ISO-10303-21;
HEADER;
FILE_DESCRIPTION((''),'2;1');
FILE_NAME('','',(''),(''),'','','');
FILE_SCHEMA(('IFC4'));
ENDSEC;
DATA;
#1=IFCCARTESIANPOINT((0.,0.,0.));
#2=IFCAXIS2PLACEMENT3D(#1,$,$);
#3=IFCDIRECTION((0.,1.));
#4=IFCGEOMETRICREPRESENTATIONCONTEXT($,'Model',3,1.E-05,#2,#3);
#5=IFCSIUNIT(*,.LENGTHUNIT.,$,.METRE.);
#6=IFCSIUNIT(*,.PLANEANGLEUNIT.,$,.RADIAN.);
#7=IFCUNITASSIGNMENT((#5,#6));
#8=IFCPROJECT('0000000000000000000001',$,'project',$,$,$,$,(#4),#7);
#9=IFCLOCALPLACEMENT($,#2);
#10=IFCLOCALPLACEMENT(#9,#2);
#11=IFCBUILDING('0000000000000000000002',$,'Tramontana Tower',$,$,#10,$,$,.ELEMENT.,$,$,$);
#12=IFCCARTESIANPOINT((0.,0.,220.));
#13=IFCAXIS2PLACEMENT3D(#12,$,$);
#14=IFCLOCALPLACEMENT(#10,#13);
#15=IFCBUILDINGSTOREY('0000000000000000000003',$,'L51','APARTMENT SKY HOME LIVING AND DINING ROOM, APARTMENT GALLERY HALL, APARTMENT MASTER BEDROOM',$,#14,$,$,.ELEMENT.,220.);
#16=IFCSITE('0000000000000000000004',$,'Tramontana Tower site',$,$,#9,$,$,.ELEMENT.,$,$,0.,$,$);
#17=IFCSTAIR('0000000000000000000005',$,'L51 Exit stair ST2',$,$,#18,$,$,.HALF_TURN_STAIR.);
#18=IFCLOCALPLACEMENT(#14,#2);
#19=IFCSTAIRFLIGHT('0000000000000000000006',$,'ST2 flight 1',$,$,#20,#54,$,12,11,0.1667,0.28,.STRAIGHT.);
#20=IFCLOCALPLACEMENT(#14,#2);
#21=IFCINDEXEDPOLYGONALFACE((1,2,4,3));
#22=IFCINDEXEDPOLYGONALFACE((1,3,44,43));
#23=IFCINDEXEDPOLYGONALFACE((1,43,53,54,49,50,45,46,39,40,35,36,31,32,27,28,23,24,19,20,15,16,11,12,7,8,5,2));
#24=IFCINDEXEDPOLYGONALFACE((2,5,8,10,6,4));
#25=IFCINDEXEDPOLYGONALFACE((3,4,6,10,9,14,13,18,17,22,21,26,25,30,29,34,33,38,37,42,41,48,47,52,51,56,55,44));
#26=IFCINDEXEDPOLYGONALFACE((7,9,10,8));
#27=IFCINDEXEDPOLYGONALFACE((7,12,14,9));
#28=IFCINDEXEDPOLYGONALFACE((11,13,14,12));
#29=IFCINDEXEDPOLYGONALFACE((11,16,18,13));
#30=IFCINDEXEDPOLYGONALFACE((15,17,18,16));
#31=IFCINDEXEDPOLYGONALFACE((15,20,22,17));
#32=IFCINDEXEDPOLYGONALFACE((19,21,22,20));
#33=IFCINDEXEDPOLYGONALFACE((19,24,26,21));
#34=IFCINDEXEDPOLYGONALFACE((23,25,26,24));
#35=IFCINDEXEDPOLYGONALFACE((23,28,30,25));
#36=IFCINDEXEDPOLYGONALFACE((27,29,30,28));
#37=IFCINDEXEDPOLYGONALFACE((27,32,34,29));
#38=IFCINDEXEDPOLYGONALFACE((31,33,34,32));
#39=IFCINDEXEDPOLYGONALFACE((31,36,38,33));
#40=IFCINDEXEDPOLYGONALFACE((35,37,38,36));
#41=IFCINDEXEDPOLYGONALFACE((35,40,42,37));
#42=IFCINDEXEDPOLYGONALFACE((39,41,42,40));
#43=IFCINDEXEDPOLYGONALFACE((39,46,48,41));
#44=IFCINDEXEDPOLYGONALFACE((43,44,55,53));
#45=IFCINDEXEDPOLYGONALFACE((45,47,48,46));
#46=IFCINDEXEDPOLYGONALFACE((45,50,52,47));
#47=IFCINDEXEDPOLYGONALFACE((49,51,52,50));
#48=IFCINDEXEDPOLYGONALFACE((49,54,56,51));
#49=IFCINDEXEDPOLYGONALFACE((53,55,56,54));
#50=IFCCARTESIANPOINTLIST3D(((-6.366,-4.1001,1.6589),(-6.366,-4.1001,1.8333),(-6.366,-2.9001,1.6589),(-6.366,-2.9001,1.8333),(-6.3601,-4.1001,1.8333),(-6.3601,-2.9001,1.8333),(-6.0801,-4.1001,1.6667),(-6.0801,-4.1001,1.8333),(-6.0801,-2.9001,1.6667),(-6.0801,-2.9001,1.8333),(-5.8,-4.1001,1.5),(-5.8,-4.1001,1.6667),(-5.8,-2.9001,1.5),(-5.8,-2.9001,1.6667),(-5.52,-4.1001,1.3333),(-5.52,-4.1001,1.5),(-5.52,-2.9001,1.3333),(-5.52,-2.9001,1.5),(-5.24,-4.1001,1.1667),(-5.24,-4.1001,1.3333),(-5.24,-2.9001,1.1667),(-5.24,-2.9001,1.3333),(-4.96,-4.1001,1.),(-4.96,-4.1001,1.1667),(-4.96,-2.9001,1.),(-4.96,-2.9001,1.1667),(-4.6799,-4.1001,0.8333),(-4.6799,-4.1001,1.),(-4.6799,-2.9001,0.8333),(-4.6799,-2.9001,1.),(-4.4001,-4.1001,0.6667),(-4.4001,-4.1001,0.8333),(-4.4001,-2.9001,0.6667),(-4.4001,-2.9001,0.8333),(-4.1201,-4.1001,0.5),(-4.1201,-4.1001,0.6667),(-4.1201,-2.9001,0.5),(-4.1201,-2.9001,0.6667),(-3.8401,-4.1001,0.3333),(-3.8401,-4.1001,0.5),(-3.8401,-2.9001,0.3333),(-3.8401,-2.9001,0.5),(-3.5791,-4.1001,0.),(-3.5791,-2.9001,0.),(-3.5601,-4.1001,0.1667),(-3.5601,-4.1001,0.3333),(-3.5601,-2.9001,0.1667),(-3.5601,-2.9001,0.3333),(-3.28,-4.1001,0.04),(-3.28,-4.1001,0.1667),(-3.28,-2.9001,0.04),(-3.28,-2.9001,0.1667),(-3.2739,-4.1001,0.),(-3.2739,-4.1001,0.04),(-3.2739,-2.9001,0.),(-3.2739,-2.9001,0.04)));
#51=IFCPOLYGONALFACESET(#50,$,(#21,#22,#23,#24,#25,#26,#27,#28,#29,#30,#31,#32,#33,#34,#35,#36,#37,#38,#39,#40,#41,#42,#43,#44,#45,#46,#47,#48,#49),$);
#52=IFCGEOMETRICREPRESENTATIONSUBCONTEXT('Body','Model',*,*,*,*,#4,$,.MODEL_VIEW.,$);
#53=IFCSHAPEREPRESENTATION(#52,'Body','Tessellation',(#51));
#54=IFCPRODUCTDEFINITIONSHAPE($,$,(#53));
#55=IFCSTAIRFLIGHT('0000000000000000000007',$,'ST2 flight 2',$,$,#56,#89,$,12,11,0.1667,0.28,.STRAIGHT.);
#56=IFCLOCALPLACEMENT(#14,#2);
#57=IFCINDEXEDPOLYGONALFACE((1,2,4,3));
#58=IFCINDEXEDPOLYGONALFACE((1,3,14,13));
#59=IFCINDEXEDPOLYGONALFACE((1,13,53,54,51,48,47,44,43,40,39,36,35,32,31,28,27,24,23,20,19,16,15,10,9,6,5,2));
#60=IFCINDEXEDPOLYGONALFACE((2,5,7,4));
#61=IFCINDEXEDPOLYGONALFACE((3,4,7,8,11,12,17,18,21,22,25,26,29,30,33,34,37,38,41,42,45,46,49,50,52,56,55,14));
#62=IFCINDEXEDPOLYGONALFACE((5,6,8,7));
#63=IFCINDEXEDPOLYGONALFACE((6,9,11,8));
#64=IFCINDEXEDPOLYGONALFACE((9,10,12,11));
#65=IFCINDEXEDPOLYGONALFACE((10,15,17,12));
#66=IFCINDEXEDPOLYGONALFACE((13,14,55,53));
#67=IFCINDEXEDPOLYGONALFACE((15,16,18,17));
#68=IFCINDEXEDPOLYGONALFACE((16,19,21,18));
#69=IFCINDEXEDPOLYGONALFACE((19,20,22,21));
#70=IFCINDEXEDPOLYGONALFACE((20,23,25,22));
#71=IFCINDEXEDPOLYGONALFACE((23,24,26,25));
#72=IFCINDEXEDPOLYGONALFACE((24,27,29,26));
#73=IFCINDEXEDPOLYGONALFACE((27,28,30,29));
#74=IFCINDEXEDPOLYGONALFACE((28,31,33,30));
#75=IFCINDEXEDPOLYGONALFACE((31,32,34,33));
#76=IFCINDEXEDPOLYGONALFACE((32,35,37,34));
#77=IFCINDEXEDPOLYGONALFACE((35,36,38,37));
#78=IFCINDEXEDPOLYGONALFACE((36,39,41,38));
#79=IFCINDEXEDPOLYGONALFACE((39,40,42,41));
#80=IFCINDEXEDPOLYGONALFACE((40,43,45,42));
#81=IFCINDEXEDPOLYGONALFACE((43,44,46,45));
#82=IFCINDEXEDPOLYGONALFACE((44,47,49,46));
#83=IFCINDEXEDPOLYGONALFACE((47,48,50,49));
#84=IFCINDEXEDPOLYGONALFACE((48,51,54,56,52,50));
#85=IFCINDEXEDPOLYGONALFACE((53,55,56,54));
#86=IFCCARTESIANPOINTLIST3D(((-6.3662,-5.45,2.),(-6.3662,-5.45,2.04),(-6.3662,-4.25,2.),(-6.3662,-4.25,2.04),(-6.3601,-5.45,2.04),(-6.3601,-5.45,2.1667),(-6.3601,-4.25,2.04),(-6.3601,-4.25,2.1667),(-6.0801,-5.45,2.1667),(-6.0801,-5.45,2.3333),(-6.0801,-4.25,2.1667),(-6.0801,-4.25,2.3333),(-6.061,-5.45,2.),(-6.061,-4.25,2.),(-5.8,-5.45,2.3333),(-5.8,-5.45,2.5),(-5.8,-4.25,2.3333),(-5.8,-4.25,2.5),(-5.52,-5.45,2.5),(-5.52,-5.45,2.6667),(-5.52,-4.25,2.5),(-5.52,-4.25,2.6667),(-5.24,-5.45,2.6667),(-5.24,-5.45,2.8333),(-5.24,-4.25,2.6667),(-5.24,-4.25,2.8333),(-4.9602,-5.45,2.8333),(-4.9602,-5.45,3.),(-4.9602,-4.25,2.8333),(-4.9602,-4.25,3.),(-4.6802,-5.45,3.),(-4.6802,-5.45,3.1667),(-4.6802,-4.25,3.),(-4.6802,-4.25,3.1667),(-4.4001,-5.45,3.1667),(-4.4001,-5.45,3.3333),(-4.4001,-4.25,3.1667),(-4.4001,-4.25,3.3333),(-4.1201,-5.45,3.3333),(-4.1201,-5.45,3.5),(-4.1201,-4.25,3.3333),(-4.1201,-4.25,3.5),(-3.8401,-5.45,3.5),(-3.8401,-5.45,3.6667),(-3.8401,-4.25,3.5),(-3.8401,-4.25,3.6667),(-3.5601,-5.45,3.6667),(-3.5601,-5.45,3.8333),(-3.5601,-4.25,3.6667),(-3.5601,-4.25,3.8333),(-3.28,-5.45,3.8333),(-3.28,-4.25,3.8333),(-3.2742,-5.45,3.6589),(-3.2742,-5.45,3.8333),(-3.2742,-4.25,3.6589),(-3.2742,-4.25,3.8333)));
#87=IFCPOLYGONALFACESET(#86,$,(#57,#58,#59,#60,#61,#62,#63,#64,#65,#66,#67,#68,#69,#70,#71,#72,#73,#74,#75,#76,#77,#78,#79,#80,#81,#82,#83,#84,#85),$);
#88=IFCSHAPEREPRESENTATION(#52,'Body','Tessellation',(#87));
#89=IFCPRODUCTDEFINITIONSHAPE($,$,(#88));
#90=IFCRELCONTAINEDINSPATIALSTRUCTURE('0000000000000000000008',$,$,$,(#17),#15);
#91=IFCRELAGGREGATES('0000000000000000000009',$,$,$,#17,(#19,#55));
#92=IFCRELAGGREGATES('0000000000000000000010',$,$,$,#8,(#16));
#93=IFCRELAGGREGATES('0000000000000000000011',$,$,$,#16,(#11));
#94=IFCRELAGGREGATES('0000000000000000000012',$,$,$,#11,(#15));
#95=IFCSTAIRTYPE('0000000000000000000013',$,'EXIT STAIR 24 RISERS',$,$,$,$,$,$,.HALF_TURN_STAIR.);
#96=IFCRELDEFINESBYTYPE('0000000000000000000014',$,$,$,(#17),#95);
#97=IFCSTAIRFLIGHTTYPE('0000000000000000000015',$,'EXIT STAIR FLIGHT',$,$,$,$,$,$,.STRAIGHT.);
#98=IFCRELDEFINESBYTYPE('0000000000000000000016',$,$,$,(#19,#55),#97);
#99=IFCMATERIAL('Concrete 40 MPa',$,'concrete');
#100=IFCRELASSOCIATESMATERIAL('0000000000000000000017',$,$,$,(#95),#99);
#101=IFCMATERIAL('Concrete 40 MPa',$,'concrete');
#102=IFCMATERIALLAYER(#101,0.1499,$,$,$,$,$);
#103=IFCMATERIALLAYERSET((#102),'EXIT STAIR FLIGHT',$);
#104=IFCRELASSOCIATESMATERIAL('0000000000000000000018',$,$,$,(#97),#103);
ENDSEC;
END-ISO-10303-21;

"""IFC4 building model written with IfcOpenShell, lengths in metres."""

from ifc_helpers import new_model, si_unit, direction, frame, origin, place, context, subcontext, project, spatial, polyline, outline, extrude, material, layer, layer_set, type_object, element, aggregate, save


model = new_model("IFC4")

# Units and contexts
model_context = context("Model", 3, precision=1e-05, world=origin(), true_north=direction((0.0, 1.0)))
body_context = subcontext(model_context, "Body", "Model", "MODEL_VIEW")
ifc_project = project(units=[si_unit("LENGTHUNIT", "METRE"), si_unit("PLANEANGLEUNIT", "RADIAN")], contexts=[model_context])

# Site, building, storey
site_placement = place(None, origin())
site = spatial("IfcSite", under=ifc_project, at=site_placement, Name="Tramontana Tower site", CompositionType="ELEMENT", RefElevation=0.0)
building_placement = place(site_placement, origin())
building = spatial("IfcBuilding", under=site, at=building_placement, Name="Tramontana Tower", CompositionType="ELEMENT")
storey_placement = place(building_placement, frame((0.0, 0.0, 220.0)))
storey = spatial("IfcBuildingStorey", under=building, at=storey_placement, Name="L51", Description="APARTMENT SKY HOME LIVING AND DINING ROOM, APARTMENT GALLERY HALL, APARTMENT MASTER BEDROOM", CompositionType="ELEMENT", Elevation=220.0)

# Stair, stair flights
ifc_material_1 = material(Name="Concrete 40 MPa", Category="concrete")
stair_type = type_object("IfcStairType", Name="EXIT STAIR 24 RISERS", PredefinedType="HALF_TURN_STAIR", material=ifc_material_1)
stair_placement = place(storey_placement, origin())
stair = element("IfcStair", 1, at=stair_placement, inside=storey, type_object=stair_type, Name="L51 Exit stair ST2", PredefinedType="HALF_TURN_STAIR")
ifc_material_2 = material(Name="Concrete 40 MPa", Category="concrete")
ifc_layer_1 = layer(ifc_material_2, 0.1499)
ifc_layer_set_1 = layer_set([ifc_layer_1], Name="EXIT STAIR FLIGHT")
stair_flight_type = type_object("IfcStairFlightType", Name="EXIT STAIR FLIGHT", PredefinedType="STRAIGHT", material=ifc_layer_set_1)
stair_flight_1_placement = place(storey_placement, frame((-3.28, -3.5, 0.0), z_axis=(0.0, 0.0, 1.0), x_axis=(-1.0, 0.0, 0.0)))
stair_flight_1 = element("IfcStairFlight", 2, at=stair_flight_1_placement, type_object=stair_flight_type, Name="ST2 flight 1", NumberOfRisers=12, NumberOfTreads=11, PredefinedType="STRAIGHT", RiserHeight=0.1667, TreadLength=0.28, context=body_context, shape_type="SweptSolid", body=[
    extrude(outline(polyline([(-0.0061, 0.0), (-0.0061, 0.04), (0.0, 0.04), (0.0, 0.1667), (0.28, 0.1667), (0.28, 0.3333), (0.5601, 0.3333), (0.5601, 0.5), (0.8401, 0.5), (0.8401, 0.6667), (1.1201, 0.6667), (1.1201, 0.8333), (1.3999, 0.8333), (1.3999, 1.0), (1.6799, 1.0), (1.6799, 1.1667), (1.96, 1.1667), (1.96, 1.3333), (2.24, 1.3333), (2.24, 1.5), (2.52, 1.5), (2.52, 1.6667), (2.8, 1.6667), (2.8, 1.8333), (3.0801, 1.8333), (3.0859, 1.8333), (3.0859, 1.6589), (0.2991, 0.0), (-0.0061, 0.0)])), frame((0.0, 0.6001, 0.0), z_axis=(0.0, -1.0, 0.0), x_axis=(1.0, 0.0, 0.0)), (0.0, 0.0, 1.0), 1.2),
])
stair_flight_2_placement = place(storey_placement, frame((-6.3601, -4.8501, 2.0), z_axis=(0.0, 0.0, 1.0), x_axis=(1.0, 0.0, 0.0)))
stair_flight_2 = element("IfcStairFlight", 3, at=stair_flight_2_placement, type_object=stair_flight_type, Name="ST2 flight 2", NumberOfRisers=12, NumberOfTreads=11, PredefinedType="STRAIGHT", RiserHeight=0.1667, TreadLength=0.28, context=body_context, shape_type="SweptSolid", body=[
    extrude(outline(polyline([(-0.0061, 0.0), (-0.0061, 0.04), (0.0, 0.04), (0.0, 0.1667), (0.28, 0.1667), (0.28, 0.3333), (0.5601, 0.3333), (0.5601, 0.5), (0.8401, 0.5), (0.8401, 0.6667), (1.1201, 0.6667), (1.1201, 0.8333), (1.3999, 0.8333), (1.3999, 1.0), (1.6799, 1.0), (1.6799, 1.1667), (1.96, 1.1667), (1.96, 1.3333), (2.24, 1.3333), (2.24, 1.5), (2.52, 1.5), (2.52, 1.6667), (2.8, 1.6667), (2.8, 1.8333), (3.0801, 1.8333), (3.0859, 1.8333), (3.0859, 1.6589), (0.2991, 0.0), (-0.0061, 0.0)])), frame((0.0, 0.6001, 0.0), z_axis=(0.0, -1.0, 0.0), x_axis=(1.0, 0.0, 0.0)), (0.0, 0.0, 1.0), 1.2),
])
aggregate(stair, [stair_flight_1, stair_flight_2])

save(model, "model.ifc")
